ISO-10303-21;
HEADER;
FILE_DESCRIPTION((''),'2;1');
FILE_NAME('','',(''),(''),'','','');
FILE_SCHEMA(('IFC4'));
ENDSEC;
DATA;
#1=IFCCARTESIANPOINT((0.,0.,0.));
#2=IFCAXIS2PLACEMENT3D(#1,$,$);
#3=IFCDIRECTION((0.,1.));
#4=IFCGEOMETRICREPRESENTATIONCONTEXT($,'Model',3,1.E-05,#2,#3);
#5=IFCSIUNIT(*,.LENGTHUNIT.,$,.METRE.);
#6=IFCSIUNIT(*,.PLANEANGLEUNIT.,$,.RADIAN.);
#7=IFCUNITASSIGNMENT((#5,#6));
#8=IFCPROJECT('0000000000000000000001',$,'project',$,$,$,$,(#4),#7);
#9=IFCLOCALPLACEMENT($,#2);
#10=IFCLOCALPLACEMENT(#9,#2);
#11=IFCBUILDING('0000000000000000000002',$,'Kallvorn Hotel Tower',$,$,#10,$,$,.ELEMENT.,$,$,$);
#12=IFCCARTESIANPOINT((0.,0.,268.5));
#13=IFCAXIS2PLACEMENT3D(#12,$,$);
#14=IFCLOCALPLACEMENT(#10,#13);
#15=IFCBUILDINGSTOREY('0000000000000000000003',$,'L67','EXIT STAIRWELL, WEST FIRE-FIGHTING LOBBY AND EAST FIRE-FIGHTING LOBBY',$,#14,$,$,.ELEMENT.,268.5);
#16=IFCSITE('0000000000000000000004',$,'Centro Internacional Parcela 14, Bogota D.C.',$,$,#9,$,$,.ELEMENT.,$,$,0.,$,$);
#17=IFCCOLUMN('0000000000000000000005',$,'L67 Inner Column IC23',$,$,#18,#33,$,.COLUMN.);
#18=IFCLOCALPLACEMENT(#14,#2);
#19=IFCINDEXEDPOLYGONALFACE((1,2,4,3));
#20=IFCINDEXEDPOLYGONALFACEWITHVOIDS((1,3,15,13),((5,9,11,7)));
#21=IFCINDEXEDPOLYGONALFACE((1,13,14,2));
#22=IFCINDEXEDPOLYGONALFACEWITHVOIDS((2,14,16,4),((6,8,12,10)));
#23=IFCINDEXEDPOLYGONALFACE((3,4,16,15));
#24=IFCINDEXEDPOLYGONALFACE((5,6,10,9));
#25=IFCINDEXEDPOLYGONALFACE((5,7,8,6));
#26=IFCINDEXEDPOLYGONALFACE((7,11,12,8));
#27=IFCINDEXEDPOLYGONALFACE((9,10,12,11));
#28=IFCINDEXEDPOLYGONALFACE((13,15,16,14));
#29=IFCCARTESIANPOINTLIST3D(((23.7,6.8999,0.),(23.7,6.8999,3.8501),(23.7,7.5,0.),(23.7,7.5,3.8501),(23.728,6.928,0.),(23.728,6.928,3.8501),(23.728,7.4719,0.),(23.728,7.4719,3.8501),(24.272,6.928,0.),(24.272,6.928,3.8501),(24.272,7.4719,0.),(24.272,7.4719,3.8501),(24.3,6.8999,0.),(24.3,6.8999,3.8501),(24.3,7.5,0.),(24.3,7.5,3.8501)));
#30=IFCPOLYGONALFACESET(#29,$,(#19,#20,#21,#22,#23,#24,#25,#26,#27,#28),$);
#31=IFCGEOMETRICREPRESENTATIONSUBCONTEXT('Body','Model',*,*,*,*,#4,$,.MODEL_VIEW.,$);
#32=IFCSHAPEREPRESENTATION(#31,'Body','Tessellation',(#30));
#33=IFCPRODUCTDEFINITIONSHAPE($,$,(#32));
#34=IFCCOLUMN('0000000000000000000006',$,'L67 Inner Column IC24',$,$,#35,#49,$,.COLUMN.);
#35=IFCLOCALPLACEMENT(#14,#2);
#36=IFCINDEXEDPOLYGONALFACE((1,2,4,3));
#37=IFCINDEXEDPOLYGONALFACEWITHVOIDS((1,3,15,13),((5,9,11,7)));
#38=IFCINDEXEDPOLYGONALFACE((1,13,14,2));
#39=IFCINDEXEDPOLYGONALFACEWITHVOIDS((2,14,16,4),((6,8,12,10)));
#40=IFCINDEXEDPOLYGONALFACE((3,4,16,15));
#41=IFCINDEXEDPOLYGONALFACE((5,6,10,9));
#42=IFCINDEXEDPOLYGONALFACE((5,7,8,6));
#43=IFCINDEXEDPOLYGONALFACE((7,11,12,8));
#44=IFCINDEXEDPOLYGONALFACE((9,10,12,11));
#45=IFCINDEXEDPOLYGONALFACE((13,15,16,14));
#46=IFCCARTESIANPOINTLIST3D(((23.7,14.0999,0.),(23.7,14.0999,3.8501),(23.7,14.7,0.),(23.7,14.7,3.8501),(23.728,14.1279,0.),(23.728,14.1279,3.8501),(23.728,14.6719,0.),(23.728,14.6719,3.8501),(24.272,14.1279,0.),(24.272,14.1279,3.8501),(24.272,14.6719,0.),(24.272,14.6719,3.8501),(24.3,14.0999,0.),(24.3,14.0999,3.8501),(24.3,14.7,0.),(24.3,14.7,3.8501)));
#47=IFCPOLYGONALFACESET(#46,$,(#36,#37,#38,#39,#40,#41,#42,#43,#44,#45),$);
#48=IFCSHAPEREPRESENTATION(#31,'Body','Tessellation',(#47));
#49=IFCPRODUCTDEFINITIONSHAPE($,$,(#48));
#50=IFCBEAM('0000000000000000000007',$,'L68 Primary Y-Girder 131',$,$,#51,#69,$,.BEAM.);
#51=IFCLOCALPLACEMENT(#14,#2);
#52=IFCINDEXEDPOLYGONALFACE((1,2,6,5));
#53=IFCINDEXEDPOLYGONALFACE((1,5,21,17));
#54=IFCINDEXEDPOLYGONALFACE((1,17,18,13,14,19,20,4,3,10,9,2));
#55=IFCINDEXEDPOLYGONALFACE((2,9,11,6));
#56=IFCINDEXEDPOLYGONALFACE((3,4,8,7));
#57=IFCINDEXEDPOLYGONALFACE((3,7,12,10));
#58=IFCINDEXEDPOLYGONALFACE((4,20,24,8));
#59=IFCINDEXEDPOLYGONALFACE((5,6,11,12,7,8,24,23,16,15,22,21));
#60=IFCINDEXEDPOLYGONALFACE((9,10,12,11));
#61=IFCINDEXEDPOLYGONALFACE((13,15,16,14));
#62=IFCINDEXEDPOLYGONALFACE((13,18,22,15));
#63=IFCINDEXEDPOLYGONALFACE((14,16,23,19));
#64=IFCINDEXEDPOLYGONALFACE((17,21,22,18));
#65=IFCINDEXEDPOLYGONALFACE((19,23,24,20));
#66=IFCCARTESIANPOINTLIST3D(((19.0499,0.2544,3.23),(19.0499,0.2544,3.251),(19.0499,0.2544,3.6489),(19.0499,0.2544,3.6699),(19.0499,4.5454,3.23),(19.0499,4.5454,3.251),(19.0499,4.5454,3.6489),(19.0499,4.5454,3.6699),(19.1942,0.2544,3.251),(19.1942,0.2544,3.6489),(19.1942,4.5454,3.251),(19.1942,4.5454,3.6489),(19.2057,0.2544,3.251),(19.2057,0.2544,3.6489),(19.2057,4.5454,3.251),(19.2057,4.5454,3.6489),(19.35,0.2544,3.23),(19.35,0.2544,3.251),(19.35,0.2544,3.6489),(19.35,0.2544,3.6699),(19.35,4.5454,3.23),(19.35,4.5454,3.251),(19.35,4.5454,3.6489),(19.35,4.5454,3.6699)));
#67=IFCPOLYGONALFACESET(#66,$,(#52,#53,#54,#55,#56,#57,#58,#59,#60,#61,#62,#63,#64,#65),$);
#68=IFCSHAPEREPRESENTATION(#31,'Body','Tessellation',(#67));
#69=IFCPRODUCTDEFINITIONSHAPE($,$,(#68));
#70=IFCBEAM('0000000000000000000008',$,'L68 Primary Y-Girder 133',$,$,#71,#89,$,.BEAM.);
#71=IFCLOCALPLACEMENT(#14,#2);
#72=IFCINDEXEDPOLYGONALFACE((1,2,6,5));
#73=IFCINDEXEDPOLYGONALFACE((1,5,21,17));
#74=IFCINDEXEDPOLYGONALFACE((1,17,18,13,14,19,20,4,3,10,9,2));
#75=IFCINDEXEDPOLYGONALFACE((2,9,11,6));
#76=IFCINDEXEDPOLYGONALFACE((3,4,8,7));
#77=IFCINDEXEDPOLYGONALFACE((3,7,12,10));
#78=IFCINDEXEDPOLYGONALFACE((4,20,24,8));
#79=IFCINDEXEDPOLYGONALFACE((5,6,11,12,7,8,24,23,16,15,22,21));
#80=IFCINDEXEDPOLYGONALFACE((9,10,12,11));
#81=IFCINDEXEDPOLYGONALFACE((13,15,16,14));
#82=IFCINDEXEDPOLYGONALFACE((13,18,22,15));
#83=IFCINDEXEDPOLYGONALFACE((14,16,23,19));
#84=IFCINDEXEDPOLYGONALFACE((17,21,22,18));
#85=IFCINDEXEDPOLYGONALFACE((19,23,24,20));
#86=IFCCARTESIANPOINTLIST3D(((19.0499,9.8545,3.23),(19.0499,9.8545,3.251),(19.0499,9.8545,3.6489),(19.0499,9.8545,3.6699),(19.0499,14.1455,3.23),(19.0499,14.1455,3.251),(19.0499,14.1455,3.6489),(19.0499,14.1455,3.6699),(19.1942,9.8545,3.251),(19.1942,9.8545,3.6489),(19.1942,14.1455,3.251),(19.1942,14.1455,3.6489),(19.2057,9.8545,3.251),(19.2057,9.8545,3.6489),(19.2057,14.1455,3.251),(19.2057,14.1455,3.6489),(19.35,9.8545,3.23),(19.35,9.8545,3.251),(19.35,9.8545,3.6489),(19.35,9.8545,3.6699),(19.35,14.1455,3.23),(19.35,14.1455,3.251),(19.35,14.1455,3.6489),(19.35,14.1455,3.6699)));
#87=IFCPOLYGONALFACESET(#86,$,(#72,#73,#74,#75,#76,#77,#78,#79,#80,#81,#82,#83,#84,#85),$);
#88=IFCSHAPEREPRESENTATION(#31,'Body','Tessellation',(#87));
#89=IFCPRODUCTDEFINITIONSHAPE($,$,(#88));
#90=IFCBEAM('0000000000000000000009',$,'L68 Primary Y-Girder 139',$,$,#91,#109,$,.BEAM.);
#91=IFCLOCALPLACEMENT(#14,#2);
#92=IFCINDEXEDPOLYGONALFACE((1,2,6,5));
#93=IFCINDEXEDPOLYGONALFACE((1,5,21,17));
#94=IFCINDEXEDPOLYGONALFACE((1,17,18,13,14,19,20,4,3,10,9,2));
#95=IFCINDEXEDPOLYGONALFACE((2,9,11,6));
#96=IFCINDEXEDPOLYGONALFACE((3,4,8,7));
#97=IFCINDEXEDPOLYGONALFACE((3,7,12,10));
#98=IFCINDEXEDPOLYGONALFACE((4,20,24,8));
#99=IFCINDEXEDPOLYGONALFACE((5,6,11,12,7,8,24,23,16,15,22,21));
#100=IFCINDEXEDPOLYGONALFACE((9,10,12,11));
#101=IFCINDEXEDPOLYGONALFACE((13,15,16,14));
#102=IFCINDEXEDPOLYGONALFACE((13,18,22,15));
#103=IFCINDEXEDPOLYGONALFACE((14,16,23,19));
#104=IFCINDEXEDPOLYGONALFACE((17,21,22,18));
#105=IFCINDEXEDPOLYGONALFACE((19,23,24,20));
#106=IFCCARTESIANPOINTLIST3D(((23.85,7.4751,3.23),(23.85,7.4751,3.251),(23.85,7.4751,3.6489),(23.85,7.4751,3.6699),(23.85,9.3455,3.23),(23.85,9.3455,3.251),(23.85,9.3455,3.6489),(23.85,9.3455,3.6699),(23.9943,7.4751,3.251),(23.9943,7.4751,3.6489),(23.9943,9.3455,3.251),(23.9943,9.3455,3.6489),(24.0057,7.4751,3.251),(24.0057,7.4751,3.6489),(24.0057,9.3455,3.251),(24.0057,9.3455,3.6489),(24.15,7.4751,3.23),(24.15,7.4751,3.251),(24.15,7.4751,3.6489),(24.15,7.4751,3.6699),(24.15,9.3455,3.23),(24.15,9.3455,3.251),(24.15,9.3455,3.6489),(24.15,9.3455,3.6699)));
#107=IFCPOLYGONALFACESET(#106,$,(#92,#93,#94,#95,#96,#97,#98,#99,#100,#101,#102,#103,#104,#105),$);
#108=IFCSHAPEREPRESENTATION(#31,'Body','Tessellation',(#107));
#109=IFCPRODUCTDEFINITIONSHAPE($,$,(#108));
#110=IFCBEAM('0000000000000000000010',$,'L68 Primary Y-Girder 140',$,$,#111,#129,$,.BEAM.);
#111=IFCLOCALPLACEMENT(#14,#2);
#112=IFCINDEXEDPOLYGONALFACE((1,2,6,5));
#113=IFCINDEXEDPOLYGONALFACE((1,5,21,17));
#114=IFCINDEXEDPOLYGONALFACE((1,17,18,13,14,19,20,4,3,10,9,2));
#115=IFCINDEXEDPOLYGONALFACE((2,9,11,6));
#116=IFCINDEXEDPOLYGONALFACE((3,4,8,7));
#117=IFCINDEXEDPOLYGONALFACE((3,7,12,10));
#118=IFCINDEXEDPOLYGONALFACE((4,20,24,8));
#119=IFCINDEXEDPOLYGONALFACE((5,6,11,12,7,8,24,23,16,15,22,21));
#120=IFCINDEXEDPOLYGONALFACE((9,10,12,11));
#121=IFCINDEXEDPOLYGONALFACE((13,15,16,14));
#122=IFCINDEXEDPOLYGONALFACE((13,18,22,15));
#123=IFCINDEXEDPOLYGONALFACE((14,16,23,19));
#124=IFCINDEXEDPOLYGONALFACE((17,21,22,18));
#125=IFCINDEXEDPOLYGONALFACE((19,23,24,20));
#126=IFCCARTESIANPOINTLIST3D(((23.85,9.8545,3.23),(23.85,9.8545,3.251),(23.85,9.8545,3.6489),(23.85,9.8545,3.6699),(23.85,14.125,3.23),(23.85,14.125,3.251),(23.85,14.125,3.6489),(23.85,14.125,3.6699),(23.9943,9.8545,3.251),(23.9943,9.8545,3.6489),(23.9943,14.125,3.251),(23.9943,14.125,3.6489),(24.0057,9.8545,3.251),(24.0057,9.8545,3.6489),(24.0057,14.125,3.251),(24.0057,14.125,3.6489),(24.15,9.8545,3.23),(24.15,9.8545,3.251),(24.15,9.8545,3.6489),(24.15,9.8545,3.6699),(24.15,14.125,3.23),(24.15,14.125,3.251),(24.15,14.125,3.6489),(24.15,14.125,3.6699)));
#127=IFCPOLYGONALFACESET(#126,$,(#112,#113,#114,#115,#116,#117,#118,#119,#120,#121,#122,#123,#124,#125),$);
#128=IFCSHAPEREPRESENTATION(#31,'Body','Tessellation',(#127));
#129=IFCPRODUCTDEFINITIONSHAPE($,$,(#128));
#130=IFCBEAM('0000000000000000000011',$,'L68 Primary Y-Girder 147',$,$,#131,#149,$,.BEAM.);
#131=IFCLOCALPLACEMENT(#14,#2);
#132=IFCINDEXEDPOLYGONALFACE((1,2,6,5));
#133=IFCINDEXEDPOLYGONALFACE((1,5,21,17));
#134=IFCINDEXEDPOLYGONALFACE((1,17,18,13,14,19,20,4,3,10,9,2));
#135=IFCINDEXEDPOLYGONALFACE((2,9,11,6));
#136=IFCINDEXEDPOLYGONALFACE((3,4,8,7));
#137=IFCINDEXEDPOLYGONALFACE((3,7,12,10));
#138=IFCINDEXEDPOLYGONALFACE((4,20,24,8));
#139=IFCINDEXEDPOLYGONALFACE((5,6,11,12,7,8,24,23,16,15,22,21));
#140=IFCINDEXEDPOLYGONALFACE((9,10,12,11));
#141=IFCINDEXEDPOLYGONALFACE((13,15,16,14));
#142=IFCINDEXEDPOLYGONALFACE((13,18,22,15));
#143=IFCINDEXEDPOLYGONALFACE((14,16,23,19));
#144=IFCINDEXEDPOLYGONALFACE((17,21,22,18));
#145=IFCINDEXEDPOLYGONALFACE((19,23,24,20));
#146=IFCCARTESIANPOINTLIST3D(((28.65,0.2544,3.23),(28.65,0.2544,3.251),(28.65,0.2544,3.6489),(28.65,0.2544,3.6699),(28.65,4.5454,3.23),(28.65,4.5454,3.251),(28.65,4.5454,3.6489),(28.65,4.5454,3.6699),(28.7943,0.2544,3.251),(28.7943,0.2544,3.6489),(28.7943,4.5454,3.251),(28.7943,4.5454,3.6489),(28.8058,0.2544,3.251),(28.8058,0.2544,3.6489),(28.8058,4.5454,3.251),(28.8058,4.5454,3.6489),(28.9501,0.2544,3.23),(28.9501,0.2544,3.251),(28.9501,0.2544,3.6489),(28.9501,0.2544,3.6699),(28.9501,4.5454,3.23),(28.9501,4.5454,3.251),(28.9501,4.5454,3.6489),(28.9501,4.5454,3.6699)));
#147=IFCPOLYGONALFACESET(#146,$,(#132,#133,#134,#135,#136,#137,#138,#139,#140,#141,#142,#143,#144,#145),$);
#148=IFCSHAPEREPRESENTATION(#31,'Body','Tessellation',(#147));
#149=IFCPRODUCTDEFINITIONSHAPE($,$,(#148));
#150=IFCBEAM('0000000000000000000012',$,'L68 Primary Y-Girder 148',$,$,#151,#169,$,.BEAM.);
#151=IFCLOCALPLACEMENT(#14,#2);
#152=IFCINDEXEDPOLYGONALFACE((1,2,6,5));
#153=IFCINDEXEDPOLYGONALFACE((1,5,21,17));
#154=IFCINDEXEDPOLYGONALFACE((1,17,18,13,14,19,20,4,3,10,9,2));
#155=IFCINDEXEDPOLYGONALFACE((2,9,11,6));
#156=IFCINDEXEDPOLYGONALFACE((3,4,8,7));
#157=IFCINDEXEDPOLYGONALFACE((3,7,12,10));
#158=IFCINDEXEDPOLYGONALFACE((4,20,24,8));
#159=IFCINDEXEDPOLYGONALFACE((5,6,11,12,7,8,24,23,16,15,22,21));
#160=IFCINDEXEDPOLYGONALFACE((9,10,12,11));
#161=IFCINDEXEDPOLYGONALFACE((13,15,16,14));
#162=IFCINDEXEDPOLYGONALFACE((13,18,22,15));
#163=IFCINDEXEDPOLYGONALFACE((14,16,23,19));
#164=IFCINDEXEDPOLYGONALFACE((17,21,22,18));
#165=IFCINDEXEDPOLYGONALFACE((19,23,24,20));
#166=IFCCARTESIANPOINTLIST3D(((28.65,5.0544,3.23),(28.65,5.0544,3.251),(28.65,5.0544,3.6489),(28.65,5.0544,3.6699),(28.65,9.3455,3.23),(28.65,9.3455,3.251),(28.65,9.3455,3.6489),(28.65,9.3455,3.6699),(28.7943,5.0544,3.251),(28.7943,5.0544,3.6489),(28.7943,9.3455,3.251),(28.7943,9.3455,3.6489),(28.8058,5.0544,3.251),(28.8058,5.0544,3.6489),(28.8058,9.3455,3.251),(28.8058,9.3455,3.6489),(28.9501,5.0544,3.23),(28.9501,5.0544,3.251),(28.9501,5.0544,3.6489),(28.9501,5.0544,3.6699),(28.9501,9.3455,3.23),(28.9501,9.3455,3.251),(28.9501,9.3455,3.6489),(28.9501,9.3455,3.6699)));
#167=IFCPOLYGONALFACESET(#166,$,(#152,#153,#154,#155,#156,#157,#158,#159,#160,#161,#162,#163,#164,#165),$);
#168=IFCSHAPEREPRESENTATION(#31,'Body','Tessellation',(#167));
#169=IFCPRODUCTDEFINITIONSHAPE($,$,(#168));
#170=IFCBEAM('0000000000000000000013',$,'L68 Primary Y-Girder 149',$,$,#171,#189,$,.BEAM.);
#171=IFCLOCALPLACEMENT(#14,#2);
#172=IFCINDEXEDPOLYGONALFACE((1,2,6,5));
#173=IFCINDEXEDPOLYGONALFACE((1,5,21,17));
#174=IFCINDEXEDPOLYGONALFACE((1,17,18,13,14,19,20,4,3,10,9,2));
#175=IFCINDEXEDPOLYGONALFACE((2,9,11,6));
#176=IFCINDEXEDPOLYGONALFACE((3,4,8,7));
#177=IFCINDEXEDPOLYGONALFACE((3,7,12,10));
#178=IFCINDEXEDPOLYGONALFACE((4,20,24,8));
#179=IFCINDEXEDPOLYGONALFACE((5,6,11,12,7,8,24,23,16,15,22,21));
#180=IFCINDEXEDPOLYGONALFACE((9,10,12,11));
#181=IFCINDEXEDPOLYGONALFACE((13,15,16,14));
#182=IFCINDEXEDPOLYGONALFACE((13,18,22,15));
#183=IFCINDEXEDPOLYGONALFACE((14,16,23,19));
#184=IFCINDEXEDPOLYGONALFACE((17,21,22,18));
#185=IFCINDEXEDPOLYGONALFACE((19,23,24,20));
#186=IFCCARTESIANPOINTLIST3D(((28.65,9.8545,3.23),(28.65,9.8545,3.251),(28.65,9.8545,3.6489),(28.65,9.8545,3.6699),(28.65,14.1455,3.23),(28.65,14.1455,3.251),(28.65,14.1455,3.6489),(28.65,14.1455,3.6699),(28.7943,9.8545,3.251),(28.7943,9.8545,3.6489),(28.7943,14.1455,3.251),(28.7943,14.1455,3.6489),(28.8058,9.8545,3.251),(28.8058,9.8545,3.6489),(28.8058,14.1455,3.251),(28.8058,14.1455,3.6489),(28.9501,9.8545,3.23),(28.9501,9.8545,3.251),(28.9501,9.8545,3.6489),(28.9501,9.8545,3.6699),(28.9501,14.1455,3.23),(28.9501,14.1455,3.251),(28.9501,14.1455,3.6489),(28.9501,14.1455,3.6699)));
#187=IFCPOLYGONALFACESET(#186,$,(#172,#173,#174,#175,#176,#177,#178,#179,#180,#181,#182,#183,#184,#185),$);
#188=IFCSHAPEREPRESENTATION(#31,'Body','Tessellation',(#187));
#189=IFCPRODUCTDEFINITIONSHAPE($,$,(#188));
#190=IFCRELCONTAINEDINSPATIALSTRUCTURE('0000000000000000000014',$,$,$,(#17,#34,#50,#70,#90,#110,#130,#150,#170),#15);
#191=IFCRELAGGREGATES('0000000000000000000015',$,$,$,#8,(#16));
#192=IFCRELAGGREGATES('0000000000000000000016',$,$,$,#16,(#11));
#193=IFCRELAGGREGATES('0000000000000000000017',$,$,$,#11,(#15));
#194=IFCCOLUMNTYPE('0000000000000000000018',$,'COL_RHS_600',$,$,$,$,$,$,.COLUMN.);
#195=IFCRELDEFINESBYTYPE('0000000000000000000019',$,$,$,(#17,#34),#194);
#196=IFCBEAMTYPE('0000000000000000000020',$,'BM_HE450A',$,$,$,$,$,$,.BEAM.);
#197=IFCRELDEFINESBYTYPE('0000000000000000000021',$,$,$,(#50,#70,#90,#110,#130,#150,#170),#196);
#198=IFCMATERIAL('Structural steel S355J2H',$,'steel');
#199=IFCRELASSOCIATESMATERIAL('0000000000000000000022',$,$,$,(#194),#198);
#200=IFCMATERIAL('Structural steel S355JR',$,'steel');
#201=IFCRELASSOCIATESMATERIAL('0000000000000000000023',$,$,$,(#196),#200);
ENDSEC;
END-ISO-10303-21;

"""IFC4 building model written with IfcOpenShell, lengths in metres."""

from ifc_helpers import new_model, si_unit, direction, frame, origin, origin_2d, place, context, subcontext, project, spatial, hollow_rectangle, i_section, extrude, material, material_profile, profile_set, type_object, element, save


model = new_model("IFC4")

# Units and contexts
model_context = context("Model", 3, precision=1e-05, world=origin(), true_north=direction((0.0, 1.0)))
body_context = subcontext(model_context, "Body", "Model", "MODEL_VIEW")
ifc_project = project(units=[si_unit("LENGTHUNIT", "METRE"), si_unit("PLANEANGLEUNIT", "RADIAN")], contexts=[model_context])

# Site, building, storey
site_placement = place(None, origin())
site = spatial("IfcSite", under=ifc_project, at=site_placement, Name="Centro Internacional Parcela 14, Bogota D.C.", CompositionType="ELEMENT", RefElevation=0.0)
building_placement = place(site_placement, origin())
building = spatial("IfcBuilding", under=site, at=building_placement, Name="Kallvorn Hotel Tower", CompositionType="ELEMENT")
storey_placement = place(building_placement, frame((0.0, 0.0, 268.5)))
storey = spatial("IfcBuildingStorey", under=building, at=storey_placement, Name="L67", Description="EXIT STAIRWELL, WEST FIRE-FIGHTING LOBBY AND EAST FIRE-FIGHTING LOBBY", CompositionType="ELEMENT", Elevation=268.5)

# Columns
ifc_material_1 = material(Name="Structural steel S355J2H", Category="steel")
ifc_material_profile_1 = material_profile(ifc_material_1, hollow_rectangle(XDim=0.6001, YDim=0.6001, WallThickness=0.0281, at=origin_2d()), Name="RHS 600x600x28")
ifc_profile_set_1 = profile_set([ifc_material_profile_1], Name="Structural steel S355J2H")
column_type_1 = type_object("IfcColumnType", Name="COL_RHS_600", PredefinedType="COLUMN", material=ifc_profile_set_1)
for number, where, z_axis, x_axis, name in (
    (1, (24.0, 7.2, 0.0), (0.0, 0.0, 1.0), (1.0, 0.0, 0.0), "L67 Inner Column IC23"),
    (2, (24.0, 14.3999, 0.0), (0.0, 0.0, 1.0), (1.0, 0.0, 0.0), "L67 Inner Column IC24"),
):
    element("IfcColumn", number, at=place(storey_placement, frame(where, z_axis=z_axis, x_axis=x_axis)), inside=storey, type_object=column_type_1, Name=name, PredefinedType="COLUMN", context=body_context, shape_type="SweptSolid", body=[
        extrude(hollow_rectangle(XDim=0.6001, YDim=0.6001, WallThickness=0.0281, at=origin_2d()), origin(), (0.0, 0.0, 1.0), 3.8501),
    ])

# Beams
ifc_material_2 = material(Name="Structural steel S355JR", Category="steel")
ifc_material_profile_2 = material_profile(ifc_material_2, i_section(OverallWidth=0.3, OverallDepth=0.4399, WebThickness=0.0115, FlangeThickness=0.021, at=origin_2d()), Name="HE 450 A")
ifc_profile_set_2 = profile_set([ifc_material_profile_2], Name="Structural steel S355JR")
beam_type_1 = type_object("IfcBeamType", Name="BM_HE450A", PredefinedType="BEAM", material=ifc_profile_set_2)
for number, where, z_axis, x_axis, name in (
    (3, (19.2, 0.2544, 3.45), (0.0, 1.0, 0.0), (-1.0, 0.0, 0.0), "L68 Primary Y-Girder 131"),
    (4, (19.2, 9.8545, 3.45), (0.0, 1.0, 0.0), (-1.0, 0.0, 0.0), "L68 Primary Y-Girder 133"),
):
    element("IfcBeam", number, at=place(storey_placement, frame(where, z_axis=z_axis, x_axis=x_axis)), inside=storey, type_object=beam_type_1, Name=name, PredefinedType="BEAM", context=body_context, shape_type="SweptSolid", body=[
        extrude(i_section(OverallWidth=0.3, OverallDepth=0.4399, WebThickness=0.0115, FlangeThickness=0.021, at=origin_2d()), origin(), (0.0, 0.0, 1.0), 4.291),
    ])
beam_1_placement = place(storey_placement, frame((24.0, 7.4751, 3.45), z_axis=(0.0, 1.0, 0.0), x_axis=(-1.0, 0.0, 0.0)))
element("IfcBeam", 5, at=beam_1_placement, inside=storey, type_object=beam_type_1, Name="L68 Primary Y-Girder 139", PredefinedType="BEAM", context=body_context, shape_type="SweptSolid", body=[
    extrude(i_section(OverallWidth=0.3, OverallDepth=0.4399, WebThickness=0.0115, FlangeThickness=0.021, at=origin_2d()), origin(), (0.0, 0.0, 1.0), 1.8704),
])
beam_2_placement = place(storey_placement, frame((24.0, 9.8545, 3.45), z_axis=(0.0, 1.0, 0.0), x_axis=(-1.0, 0.0, 0.0)))
element("IfcBeam", 6, at=beam_2_placement, inside=storey, type_object=beam_type_1, Name="L68 Primary Y-Girder 140", PredefinedType="BEAM", context=body_context, shape_type="SweptSolid", body=[
    extrude(i_section(OverallWidth=0.3, OverallDepth=0.4399, WebThickness=0.0115, FlangeThickness=0.021, at=origin_2d()), origin(), (0.0, 0.0, 1.0), 4.2705),
])
for number, where, z_axis, x_axis, name in (
    (7, (28.8, 0.2544, 3.45), (0.0, 1.0, 0.0), (-1.0, 0.0, 0.0), "L68 Primary Y-Girder 147"),
    (8, (28.8, 5.0544, 3.45), (0.0, 1.0, 0.0), (-1.0, 0.0, 0.0), "L68 Primary Y-Girder 148"),
    (9, (28.8, 9.8545, 3.45), (0.0, 1.0, 0.0), (-1.0, 0.0, 0.0), "L68 Primary Y-Girder 149"),
):
    element("IfcBeam", number, at=place(storey_placement, frame(where, z_axis=z_axis, x_axis=x_axis)), inside=storey, type_object=beam_type_1, Name=name, PredefinedType="BEAM", context=body_context, shape_type="SweptSolid", body=[
        extrude(i_section(OverallWidth=0.3, OverallDepth=0.4399, WebThickness=0.0115, FlangeThickness=0.021, at=origin_2d()), origin(), (0.0, 0.0, 1.0), 4.291),
    ])

save(model, "model.ifc")
